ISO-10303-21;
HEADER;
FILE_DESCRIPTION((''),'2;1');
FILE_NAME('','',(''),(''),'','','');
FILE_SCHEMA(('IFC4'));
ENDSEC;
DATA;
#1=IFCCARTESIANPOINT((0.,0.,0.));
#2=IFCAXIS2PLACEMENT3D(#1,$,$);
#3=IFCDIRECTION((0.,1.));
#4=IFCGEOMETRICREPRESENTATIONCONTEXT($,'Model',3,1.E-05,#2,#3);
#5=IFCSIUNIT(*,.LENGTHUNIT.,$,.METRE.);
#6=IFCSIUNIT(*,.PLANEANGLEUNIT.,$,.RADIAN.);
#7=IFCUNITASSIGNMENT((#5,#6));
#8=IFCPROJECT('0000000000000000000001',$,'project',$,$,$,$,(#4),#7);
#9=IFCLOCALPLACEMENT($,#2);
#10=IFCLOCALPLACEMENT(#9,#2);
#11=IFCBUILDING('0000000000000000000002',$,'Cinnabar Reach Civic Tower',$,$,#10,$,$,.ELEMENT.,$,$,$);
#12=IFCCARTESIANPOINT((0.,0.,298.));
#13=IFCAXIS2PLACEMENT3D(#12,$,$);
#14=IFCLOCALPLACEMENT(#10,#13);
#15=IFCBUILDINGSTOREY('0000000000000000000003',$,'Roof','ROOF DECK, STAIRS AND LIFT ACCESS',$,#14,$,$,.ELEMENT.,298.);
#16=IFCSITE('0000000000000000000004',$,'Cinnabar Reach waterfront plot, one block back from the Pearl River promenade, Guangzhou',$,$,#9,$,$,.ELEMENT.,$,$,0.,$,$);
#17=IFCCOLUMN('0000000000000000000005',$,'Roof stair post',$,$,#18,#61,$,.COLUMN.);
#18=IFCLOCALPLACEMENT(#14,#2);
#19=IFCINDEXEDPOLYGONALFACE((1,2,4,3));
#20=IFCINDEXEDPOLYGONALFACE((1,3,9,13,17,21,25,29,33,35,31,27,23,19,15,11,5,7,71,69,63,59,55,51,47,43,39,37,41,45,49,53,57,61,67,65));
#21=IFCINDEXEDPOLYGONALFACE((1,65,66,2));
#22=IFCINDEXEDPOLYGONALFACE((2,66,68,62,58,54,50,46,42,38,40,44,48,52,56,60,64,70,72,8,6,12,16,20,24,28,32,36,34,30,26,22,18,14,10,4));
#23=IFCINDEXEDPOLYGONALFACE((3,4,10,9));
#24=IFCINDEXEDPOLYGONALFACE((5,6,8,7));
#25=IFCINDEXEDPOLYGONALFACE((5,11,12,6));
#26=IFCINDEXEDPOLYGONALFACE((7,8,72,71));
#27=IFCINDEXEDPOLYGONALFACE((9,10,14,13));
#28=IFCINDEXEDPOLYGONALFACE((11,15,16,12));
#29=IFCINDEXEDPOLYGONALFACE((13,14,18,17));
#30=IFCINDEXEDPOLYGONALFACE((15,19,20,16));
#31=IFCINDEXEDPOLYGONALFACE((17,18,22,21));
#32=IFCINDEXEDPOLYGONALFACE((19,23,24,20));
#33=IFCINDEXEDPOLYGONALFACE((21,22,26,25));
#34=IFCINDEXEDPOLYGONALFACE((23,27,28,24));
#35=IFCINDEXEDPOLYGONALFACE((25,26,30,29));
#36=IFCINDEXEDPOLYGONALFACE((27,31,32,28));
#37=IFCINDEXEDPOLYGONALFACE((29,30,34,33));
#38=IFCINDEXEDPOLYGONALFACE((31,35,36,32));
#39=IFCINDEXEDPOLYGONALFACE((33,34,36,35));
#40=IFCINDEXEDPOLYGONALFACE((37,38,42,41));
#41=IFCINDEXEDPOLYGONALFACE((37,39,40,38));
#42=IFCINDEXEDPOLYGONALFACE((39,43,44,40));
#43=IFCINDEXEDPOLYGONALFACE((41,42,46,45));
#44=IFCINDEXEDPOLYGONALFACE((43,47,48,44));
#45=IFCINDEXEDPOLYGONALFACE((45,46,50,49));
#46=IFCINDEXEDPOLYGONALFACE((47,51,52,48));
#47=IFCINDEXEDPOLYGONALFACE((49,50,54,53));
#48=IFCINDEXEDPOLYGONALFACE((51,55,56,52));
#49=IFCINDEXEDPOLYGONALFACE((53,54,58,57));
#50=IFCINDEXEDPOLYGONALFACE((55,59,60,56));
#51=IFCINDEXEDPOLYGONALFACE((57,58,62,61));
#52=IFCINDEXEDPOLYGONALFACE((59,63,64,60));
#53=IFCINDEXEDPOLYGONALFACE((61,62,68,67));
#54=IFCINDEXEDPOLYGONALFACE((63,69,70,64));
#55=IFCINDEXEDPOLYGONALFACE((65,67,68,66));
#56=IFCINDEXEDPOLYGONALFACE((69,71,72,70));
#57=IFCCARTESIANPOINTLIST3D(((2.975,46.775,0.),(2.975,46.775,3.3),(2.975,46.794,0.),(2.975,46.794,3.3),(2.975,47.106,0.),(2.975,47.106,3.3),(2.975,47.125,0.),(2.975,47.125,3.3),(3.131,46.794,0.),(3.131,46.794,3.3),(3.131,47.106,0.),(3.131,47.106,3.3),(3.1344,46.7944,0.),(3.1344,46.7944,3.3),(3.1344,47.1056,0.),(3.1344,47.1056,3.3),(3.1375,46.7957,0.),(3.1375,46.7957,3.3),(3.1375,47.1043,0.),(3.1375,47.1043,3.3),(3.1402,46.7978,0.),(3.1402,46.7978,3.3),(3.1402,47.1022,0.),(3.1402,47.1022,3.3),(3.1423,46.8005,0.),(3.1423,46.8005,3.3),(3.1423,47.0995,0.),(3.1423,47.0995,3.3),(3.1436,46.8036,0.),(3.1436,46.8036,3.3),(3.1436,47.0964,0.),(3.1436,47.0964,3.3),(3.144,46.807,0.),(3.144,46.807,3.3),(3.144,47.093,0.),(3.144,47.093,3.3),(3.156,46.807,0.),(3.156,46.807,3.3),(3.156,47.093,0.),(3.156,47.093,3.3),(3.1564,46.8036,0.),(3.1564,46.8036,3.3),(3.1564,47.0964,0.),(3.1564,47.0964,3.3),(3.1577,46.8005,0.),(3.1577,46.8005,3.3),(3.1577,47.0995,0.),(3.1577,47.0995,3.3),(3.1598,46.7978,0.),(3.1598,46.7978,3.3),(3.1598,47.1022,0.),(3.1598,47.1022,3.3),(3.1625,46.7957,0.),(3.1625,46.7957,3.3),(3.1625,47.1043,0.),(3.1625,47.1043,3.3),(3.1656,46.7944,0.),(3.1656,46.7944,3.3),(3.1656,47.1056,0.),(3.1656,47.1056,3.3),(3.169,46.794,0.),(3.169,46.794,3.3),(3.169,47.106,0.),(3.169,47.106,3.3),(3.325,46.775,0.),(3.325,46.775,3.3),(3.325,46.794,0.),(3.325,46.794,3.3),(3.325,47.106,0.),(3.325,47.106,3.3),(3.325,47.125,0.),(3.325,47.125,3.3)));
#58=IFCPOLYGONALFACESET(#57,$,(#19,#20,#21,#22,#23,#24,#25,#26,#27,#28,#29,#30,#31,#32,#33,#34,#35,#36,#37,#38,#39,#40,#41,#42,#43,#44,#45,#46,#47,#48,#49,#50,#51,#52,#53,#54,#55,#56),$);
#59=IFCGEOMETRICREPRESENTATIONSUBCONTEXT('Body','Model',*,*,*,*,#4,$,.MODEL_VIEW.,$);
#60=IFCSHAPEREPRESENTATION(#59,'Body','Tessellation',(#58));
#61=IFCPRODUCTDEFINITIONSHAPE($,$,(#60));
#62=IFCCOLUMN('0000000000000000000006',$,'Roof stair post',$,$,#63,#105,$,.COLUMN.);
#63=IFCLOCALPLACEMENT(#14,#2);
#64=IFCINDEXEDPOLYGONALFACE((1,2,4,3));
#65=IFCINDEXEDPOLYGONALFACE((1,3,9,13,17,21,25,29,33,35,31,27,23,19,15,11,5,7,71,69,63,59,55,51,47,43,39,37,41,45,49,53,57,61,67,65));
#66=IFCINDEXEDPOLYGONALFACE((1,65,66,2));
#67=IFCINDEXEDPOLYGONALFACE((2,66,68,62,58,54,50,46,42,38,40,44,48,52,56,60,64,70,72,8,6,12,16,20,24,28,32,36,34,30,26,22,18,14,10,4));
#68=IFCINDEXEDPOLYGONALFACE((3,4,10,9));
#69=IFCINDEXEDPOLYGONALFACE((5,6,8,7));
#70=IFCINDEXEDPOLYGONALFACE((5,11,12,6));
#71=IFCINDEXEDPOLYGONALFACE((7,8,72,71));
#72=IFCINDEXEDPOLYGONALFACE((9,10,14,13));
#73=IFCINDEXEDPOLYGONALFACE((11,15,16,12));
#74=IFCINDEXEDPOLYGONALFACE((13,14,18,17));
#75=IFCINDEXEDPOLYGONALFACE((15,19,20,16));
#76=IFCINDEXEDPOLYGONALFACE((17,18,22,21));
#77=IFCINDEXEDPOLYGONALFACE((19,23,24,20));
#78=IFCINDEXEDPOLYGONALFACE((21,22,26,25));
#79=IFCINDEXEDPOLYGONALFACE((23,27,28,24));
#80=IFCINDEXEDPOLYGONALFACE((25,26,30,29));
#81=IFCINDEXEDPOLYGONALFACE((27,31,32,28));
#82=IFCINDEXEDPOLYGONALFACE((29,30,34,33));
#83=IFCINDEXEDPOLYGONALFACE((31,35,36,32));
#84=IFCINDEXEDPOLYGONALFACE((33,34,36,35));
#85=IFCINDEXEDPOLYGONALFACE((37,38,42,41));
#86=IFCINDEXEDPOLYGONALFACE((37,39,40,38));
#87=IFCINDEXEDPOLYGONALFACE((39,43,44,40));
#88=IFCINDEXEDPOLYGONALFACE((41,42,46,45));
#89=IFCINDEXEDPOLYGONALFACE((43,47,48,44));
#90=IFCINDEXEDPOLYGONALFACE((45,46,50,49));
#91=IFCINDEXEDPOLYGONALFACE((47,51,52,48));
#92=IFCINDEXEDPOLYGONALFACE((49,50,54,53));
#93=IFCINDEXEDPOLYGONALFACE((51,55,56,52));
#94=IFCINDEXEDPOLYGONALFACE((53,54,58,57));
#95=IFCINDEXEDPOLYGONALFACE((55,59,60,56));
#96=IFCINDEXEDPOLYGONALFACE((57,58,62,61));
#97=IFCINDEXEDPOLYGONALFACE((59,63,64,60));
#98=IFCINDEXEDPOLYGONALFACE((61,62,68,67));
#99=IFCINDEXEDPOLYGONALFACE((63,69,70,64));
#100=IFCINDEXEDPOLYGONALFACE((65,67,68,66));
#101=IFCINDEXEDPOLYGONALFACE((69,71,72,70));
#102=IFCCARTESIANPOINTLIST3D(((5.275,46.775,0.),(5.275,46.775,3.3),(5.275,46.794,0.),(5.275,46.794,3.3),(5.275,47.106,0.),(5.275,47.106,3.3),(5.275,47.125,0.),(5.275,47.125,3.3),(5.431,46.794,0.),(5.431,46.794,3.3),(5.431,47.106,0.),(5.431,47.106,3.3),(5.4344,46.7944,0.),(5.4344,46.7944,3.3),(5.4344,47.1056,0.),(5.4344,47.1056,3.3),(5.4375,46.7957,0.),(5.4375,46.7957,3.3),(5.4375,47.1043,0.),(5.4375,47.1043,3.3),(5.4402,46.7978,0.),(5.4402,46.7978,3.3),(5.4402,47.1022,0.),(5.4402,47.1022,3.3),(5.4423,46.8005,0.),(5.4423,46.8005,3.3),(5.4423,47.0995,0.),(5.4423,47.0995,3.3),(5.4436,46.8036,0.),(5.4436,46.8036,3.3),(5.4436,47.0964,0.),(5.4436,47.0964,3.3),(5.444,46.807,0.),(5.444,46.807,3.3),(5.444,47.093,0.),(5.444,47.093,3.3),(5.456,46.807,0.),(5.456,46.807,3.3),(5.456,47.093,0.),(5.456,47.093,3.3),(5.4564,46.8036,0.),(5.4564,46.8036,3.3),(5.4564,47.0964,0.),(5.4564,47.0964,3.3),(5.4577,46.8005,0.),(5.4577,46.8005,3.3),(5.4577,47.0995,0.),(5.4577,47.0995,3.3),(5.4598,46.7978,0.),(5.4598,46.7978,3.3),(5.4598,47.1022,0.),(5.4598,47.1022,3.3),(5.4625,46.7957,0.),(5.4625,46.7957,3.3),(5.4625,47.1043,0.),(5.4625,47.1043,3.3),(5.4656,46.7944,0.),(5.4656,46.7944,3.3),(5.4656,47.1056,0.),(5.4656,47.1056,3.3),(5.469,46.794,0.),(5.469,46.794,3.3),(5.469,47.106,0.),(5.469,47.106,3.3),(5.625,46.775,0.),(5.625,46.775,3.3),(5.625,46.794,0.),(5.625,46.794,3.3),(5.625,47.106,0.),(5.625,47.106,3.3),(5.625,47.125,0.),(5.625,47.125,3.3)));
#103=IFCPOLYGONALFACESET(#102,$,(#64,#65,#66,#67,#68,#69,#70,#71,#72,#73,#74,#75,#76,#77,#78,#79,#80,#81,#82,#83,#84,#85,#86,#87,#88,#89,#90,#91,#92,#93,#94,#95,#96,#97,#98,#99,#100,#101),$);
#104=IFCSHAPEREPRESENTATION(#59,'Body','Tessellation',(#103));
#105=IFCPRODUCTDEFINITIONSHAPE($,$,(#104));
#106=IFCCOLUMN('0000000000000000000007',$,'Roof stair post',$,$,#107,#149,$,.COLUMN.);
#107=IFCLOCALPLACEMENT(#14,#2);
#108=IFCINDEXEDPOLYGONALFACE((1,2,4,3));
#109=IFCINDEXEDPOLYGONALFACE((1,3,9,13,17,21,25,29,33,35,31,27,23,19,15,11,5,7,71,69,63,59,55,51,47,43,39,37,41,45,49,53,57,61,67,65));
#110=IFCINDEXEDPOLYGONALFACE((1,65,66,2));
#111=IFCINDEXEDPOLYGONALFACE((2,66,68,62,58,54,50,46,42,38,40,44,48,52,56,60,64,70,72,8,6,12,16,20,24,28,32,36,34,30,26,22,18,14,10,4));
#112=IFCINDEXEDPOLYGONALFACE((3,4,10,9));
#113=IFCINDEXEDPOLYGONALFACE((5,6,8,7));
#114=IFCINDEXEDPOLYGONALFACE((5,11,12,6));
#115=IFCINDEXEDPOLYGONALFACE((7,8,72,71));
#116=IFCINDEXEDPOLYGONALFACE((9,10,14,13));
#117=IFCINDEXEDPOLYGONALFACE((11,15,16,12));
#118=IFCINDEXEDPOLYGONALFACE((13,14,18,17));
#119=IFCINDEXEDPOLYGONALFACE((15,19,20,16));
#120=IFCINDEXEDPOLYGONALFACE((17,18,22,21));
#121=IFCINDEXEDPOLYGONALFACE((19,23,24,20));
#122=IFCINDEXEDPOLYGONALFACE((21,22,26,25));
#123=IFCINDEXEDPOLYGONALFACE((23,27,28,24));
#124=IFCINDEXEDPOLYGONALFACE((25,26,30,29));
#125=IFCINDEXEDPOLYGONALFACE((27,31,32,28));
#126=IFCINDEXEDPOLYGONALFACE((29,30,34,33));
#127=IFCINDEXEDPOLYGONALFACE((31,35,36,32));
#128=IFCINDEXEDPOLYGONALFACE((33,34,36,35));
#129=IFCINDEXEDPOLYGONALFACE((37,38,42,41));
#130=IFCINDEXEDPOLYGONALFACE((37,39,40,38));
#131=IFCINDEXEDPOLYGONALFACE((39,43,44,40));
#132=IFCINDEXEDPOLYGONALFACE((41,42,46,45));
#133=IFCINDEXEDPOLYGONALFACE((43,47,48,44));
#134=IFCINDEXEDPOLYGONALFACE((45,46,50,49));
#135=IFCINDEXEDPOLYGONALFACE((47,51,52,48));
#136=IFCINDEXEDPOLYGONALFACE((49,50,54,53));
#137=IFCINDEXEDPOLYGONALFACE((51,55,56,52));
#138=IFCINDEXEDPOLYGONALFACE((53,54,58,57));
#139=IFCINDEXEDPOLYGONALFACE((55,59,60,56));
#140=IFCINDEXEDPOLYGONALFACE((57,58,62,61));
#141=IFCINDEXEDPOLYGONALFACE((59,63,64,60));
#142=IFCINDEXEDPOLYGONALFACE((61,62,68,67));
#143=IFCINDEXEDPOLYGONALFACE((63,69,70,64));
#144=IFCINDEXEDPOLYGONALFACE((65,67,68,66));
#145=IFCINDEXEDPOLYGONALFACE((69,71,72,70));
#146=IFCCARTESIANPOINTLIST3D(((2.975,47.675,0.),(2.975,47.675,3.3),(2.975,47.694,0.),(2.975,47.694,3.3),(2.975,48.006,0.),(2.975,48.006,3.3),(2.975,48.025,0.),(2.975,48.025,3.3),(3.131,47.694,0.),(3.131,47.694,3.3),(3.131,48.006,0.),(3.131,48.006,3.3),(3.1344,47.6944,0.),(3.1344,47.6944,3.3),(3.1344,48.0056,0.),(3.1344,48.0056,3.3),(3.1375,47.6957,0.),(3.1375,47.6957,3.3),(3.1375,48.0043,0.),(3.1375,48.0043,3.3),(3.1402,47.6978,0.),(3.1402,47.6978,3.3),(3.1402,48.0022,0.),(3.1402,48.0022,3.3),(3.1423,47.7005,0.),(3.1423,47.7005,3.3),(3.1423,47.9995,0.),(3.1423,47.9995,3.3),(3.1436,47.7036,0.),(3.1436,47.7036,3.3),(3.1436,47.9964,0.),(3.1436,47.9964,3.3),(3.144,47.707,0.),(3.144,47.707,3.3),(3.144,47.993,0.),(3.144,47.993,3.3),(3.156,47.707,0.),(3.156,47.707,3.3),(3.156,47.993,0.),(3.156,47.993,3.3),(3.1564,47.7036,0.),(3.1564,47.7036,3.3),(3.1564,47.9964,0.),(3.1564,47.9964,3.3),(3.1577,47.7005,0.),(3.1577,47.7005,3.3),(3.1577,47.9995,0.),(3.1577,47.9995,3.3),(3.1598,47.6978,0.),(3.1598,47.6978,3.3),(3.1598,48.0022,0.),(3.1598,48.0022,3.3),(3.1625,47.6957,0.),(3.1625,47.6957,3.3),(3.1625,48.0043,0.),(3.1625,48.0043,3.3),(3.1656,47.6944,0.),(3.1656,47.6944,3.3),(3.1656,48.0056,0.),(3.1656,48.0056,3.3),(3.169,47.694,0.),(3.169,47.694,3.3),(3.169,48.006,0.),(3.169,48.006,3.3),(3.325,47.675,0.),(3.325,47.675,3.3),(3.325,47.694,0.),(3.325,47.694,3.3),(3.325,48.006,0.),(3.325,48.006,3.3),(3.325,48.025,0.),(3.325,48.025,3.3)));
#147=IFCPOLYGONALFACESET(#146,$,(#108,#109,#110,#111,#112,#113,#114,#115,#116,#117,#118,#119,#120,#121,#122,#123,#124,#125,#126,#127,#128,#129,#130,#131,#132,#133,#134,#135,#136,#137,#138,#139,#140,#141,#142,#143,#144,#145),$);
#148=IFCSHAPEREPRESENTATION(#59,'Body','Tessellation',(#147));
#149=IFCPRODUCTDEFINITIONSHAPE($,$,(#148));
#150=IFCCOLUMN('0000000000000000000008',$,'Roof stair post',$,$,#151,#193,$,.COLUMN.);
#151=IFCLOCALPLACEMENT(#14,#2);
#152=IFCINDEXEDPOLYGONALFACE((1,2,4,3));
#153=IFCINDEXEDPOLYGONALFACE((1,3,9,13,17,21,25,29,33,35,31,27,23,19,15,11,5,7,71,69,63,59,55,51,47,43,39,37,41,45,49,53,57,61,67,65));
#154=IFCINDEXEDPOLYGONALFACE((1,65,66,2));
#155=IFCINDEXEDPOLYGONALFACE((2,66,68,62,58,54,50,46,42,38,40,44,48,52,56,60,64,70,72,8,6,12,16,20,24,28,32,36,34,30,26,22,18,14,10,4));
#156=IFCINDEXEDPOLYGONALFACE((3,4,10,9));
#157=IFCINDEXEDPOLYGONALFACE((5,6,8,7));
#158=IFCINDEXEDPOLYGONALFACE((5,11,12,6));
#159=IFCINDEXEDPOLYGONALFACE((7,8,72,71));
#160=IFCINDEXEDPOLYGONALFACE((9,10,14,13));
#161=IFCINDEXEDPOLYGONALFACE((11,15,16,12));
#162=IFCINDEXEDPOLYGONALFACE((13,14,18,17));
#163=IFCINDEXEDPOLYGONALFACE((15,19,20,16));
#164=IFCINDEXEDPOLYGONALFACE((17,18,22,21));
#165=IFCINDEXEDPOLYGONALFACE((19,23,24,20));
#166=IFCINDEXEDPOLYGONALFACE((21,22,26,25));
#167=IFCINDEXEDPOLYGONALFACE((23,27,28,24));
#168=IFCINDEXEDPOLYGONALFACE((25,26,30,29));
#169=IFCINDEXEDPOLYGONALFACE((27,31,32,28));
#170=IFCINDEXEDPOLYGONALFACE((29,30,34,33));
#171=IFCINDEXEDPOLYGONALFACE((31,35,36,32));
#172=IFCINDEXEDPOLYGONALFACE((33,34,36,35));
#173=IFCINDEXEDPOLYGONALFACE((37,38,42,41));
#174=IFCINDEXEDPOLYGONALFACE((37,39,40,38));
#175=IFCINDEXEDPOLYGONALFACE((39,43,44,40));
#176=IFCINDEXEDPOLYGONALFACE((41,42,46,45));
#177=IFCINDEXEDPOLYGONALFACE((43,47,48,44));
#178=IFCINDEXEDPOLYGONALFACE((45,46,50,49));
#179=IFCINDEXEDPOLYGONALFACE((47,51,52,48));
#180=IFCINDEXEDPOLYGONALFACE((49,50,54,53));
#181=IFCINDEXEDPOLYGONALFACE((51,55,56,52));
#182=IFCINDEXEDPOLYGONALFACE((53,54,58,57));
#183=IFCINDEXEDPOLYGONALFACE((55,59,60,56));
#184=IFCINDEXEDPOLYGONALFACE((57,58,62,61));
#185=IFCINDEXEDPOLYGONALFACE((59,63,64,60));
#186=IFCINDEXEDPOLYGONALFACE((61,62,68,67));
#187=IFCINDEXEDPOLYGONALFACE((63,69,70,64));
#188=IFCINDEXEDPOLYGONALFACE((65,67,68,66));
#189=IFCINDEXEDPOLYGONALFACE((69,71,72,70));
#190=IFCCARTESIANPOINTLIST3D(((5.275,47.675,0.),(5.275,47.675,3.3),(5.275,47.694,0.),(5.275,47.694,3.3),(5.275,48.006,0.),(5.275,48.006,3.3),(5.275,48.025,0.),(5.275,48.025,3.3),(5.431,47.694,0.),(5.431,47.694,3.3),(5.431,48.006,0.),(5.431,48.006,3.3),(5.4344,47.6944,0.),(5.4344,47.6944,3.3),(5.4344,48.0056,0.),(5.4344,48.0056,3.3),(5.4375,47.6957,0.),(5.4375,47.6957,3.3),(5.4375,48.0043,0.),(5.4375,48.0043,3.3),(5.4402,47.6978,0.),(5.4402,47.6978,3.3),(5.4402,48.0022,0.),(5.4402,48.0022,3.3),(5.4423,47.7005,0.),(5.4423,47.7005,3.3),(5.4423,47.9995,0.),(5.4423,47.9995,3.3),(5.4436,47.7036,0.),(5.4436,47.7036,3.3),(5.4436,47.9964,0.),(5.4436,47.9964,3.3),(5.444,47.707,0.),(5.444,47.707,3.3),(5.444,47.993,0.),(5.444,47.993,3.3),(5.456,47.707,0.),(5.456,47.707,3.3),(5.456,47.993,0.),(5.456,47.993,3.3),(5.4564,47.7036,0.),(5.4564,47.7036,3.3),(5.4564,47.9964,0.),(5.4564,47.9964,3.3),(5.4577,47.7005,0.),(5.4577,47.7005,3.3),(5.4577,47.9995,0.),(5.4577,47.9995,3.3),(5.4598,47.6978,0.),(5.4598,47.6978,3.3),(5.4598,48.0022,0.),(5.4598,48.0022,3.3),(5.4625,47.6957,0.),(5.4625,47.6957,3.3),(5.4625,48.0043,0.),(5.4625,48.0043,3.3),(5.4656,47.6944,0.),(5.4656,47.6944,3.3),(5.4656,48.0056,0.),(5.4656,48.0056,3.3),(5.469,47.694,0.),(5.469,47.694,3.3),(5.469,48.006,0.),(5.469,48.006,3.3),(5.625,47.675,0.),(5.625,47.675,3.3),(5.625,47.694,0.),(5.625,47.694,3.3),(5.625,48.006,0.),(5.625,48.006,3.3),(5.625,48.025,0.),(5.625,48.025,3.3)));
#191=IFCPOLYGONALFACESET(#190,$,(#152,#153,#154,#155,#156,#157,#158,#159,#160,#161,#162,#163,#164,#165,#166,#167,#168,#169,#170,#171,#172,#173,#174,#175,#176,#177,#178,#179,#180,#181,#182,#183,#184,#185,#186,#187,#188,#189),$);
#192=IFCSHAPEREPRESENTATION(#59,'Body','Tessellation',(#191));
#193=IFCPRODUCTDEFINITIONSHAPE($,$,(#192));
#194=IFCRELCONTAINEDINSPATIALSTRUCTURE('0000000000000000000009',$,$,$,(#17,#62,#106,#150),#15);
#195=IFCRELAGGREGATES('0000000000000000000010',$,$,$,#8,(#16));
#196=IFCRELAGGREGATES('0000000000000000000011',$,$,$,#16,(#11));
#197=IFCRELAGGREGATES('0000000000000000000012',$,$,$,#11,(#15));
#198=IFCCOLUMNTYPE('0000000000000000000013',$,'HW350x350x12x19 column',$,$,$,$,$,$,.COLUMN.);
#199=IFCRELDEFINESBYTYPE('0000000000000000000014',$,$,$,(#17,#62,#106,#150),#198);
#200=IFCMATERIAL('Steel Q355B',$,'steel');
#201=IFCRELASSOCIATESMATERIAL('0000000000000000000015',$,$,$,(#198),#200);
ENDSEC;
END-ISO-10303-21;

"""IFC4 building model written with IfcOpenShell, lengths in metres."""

from ifc_helpers import new_model, si_unit, direction, frame, origin, origin_2d, place, context, subcontext, project, spatial, i_section, extrude, material, material_profile, profile_set, type_object, element, save


model = new_model("IFC4")

# Units and contexts
model_context = context("Model", 3, precision=1e-05, world=origin(), true_north=direction((0.0, 1.0)))
body_context = subcontext(model_context, "Body", "Model", "MODEL_VIEW")
ifc_project = project(units=[si_unit("LENGTHUNIT", "METRE"), si_unit("PLANEANGLEUNIT", "RADIAN")], contexts=[model_context])

# Site, building, storey
site_placement = place(None, origin())
site = spatial("IfcSite", under=ifc_project, at=site_placement, Name="Cinnabar Reach waterfront plot, one block back from the Pearl River promenade, Guangzhou", CompositionType="ELEMENT", RefElevation=0.0)
building_placement = place(site_placement, origin())
building = spatial("IfcBuilding", under=site, at=building_placement, Name="Cinnabar Reach Civic Tower", CompositionType="ELEMENT")
storey_placement = place(building_placement, frame((0.0, 0.0, 298.0)))
storey = spatial("IfcBuildingStorey", under=building, at=storey_placement, Name="Roof", Description="ROOF DECK, STAIRS AND LIFT ACCESS", CompositionType="ELEMENT", Elevation=298.0)

# Columns
ifc_material_1 = material(Name="Steel Q355B", Category="steel")
ifc_material_profile_1 = material_profile(ifc_material_1, i_section(OverallWidth=0.35, OverallDepth=0.35, WebThickness=0.012, FlangeThickness=0.019, FilletRadius=0.013, at=origin_2d()), Name="HW350x350x12x19")
ifc_profile_set_1 = profile_set([ifc_material_profile_1], Name="Steel Q355B")
column_type = type_object("IfcColumnType", Name="HW350x350x12x19 column", PredefinedType="COLUMN", material=ifc_profile_set_1)
for number, where, z_axis, x_axis, name in (
    (1, (3.15, 46.95, 0.0), (0.0, 0.0, 1.0), (1.0, 0.0, 0.0), "Roof stair post"),
    (2, (5.45, 46.95, 0.0), (0.0, 0.0, 1.0), (1.0, 0.0, 0.0), "Roof stair post"),
    (3, (3.15, 47.85, 0.0), (0.0, 0.0, 1.0), (1.0, 0.0, 0.0), "Roof stair post"),
    (4, (5.45, 47.85, 0.0), (0.0, 0.0, 1.0), (1.0, 0.0, 0.0), "Roof stair post"),
):
    element("IfcColumn", number, at=place(storey_placement, frame(where, z_axis=z_axis, x_axis=x_axis)), inside=storey, type_object=column_type, Name=name, PredefinedType="COLUMN", context=body_context, shape_type="SweptSolid", body=[
        extrude(i_section(OverallWidth=0.35, OverallDepth=0.35, WebThickness=0.012, FlangeThickness=0.019, FilletRadius=0.013, at=origin_2d()), origin(), (0.0, 0.0, 1.0), 3.3),
    ])

save(model, "model.ifc")
